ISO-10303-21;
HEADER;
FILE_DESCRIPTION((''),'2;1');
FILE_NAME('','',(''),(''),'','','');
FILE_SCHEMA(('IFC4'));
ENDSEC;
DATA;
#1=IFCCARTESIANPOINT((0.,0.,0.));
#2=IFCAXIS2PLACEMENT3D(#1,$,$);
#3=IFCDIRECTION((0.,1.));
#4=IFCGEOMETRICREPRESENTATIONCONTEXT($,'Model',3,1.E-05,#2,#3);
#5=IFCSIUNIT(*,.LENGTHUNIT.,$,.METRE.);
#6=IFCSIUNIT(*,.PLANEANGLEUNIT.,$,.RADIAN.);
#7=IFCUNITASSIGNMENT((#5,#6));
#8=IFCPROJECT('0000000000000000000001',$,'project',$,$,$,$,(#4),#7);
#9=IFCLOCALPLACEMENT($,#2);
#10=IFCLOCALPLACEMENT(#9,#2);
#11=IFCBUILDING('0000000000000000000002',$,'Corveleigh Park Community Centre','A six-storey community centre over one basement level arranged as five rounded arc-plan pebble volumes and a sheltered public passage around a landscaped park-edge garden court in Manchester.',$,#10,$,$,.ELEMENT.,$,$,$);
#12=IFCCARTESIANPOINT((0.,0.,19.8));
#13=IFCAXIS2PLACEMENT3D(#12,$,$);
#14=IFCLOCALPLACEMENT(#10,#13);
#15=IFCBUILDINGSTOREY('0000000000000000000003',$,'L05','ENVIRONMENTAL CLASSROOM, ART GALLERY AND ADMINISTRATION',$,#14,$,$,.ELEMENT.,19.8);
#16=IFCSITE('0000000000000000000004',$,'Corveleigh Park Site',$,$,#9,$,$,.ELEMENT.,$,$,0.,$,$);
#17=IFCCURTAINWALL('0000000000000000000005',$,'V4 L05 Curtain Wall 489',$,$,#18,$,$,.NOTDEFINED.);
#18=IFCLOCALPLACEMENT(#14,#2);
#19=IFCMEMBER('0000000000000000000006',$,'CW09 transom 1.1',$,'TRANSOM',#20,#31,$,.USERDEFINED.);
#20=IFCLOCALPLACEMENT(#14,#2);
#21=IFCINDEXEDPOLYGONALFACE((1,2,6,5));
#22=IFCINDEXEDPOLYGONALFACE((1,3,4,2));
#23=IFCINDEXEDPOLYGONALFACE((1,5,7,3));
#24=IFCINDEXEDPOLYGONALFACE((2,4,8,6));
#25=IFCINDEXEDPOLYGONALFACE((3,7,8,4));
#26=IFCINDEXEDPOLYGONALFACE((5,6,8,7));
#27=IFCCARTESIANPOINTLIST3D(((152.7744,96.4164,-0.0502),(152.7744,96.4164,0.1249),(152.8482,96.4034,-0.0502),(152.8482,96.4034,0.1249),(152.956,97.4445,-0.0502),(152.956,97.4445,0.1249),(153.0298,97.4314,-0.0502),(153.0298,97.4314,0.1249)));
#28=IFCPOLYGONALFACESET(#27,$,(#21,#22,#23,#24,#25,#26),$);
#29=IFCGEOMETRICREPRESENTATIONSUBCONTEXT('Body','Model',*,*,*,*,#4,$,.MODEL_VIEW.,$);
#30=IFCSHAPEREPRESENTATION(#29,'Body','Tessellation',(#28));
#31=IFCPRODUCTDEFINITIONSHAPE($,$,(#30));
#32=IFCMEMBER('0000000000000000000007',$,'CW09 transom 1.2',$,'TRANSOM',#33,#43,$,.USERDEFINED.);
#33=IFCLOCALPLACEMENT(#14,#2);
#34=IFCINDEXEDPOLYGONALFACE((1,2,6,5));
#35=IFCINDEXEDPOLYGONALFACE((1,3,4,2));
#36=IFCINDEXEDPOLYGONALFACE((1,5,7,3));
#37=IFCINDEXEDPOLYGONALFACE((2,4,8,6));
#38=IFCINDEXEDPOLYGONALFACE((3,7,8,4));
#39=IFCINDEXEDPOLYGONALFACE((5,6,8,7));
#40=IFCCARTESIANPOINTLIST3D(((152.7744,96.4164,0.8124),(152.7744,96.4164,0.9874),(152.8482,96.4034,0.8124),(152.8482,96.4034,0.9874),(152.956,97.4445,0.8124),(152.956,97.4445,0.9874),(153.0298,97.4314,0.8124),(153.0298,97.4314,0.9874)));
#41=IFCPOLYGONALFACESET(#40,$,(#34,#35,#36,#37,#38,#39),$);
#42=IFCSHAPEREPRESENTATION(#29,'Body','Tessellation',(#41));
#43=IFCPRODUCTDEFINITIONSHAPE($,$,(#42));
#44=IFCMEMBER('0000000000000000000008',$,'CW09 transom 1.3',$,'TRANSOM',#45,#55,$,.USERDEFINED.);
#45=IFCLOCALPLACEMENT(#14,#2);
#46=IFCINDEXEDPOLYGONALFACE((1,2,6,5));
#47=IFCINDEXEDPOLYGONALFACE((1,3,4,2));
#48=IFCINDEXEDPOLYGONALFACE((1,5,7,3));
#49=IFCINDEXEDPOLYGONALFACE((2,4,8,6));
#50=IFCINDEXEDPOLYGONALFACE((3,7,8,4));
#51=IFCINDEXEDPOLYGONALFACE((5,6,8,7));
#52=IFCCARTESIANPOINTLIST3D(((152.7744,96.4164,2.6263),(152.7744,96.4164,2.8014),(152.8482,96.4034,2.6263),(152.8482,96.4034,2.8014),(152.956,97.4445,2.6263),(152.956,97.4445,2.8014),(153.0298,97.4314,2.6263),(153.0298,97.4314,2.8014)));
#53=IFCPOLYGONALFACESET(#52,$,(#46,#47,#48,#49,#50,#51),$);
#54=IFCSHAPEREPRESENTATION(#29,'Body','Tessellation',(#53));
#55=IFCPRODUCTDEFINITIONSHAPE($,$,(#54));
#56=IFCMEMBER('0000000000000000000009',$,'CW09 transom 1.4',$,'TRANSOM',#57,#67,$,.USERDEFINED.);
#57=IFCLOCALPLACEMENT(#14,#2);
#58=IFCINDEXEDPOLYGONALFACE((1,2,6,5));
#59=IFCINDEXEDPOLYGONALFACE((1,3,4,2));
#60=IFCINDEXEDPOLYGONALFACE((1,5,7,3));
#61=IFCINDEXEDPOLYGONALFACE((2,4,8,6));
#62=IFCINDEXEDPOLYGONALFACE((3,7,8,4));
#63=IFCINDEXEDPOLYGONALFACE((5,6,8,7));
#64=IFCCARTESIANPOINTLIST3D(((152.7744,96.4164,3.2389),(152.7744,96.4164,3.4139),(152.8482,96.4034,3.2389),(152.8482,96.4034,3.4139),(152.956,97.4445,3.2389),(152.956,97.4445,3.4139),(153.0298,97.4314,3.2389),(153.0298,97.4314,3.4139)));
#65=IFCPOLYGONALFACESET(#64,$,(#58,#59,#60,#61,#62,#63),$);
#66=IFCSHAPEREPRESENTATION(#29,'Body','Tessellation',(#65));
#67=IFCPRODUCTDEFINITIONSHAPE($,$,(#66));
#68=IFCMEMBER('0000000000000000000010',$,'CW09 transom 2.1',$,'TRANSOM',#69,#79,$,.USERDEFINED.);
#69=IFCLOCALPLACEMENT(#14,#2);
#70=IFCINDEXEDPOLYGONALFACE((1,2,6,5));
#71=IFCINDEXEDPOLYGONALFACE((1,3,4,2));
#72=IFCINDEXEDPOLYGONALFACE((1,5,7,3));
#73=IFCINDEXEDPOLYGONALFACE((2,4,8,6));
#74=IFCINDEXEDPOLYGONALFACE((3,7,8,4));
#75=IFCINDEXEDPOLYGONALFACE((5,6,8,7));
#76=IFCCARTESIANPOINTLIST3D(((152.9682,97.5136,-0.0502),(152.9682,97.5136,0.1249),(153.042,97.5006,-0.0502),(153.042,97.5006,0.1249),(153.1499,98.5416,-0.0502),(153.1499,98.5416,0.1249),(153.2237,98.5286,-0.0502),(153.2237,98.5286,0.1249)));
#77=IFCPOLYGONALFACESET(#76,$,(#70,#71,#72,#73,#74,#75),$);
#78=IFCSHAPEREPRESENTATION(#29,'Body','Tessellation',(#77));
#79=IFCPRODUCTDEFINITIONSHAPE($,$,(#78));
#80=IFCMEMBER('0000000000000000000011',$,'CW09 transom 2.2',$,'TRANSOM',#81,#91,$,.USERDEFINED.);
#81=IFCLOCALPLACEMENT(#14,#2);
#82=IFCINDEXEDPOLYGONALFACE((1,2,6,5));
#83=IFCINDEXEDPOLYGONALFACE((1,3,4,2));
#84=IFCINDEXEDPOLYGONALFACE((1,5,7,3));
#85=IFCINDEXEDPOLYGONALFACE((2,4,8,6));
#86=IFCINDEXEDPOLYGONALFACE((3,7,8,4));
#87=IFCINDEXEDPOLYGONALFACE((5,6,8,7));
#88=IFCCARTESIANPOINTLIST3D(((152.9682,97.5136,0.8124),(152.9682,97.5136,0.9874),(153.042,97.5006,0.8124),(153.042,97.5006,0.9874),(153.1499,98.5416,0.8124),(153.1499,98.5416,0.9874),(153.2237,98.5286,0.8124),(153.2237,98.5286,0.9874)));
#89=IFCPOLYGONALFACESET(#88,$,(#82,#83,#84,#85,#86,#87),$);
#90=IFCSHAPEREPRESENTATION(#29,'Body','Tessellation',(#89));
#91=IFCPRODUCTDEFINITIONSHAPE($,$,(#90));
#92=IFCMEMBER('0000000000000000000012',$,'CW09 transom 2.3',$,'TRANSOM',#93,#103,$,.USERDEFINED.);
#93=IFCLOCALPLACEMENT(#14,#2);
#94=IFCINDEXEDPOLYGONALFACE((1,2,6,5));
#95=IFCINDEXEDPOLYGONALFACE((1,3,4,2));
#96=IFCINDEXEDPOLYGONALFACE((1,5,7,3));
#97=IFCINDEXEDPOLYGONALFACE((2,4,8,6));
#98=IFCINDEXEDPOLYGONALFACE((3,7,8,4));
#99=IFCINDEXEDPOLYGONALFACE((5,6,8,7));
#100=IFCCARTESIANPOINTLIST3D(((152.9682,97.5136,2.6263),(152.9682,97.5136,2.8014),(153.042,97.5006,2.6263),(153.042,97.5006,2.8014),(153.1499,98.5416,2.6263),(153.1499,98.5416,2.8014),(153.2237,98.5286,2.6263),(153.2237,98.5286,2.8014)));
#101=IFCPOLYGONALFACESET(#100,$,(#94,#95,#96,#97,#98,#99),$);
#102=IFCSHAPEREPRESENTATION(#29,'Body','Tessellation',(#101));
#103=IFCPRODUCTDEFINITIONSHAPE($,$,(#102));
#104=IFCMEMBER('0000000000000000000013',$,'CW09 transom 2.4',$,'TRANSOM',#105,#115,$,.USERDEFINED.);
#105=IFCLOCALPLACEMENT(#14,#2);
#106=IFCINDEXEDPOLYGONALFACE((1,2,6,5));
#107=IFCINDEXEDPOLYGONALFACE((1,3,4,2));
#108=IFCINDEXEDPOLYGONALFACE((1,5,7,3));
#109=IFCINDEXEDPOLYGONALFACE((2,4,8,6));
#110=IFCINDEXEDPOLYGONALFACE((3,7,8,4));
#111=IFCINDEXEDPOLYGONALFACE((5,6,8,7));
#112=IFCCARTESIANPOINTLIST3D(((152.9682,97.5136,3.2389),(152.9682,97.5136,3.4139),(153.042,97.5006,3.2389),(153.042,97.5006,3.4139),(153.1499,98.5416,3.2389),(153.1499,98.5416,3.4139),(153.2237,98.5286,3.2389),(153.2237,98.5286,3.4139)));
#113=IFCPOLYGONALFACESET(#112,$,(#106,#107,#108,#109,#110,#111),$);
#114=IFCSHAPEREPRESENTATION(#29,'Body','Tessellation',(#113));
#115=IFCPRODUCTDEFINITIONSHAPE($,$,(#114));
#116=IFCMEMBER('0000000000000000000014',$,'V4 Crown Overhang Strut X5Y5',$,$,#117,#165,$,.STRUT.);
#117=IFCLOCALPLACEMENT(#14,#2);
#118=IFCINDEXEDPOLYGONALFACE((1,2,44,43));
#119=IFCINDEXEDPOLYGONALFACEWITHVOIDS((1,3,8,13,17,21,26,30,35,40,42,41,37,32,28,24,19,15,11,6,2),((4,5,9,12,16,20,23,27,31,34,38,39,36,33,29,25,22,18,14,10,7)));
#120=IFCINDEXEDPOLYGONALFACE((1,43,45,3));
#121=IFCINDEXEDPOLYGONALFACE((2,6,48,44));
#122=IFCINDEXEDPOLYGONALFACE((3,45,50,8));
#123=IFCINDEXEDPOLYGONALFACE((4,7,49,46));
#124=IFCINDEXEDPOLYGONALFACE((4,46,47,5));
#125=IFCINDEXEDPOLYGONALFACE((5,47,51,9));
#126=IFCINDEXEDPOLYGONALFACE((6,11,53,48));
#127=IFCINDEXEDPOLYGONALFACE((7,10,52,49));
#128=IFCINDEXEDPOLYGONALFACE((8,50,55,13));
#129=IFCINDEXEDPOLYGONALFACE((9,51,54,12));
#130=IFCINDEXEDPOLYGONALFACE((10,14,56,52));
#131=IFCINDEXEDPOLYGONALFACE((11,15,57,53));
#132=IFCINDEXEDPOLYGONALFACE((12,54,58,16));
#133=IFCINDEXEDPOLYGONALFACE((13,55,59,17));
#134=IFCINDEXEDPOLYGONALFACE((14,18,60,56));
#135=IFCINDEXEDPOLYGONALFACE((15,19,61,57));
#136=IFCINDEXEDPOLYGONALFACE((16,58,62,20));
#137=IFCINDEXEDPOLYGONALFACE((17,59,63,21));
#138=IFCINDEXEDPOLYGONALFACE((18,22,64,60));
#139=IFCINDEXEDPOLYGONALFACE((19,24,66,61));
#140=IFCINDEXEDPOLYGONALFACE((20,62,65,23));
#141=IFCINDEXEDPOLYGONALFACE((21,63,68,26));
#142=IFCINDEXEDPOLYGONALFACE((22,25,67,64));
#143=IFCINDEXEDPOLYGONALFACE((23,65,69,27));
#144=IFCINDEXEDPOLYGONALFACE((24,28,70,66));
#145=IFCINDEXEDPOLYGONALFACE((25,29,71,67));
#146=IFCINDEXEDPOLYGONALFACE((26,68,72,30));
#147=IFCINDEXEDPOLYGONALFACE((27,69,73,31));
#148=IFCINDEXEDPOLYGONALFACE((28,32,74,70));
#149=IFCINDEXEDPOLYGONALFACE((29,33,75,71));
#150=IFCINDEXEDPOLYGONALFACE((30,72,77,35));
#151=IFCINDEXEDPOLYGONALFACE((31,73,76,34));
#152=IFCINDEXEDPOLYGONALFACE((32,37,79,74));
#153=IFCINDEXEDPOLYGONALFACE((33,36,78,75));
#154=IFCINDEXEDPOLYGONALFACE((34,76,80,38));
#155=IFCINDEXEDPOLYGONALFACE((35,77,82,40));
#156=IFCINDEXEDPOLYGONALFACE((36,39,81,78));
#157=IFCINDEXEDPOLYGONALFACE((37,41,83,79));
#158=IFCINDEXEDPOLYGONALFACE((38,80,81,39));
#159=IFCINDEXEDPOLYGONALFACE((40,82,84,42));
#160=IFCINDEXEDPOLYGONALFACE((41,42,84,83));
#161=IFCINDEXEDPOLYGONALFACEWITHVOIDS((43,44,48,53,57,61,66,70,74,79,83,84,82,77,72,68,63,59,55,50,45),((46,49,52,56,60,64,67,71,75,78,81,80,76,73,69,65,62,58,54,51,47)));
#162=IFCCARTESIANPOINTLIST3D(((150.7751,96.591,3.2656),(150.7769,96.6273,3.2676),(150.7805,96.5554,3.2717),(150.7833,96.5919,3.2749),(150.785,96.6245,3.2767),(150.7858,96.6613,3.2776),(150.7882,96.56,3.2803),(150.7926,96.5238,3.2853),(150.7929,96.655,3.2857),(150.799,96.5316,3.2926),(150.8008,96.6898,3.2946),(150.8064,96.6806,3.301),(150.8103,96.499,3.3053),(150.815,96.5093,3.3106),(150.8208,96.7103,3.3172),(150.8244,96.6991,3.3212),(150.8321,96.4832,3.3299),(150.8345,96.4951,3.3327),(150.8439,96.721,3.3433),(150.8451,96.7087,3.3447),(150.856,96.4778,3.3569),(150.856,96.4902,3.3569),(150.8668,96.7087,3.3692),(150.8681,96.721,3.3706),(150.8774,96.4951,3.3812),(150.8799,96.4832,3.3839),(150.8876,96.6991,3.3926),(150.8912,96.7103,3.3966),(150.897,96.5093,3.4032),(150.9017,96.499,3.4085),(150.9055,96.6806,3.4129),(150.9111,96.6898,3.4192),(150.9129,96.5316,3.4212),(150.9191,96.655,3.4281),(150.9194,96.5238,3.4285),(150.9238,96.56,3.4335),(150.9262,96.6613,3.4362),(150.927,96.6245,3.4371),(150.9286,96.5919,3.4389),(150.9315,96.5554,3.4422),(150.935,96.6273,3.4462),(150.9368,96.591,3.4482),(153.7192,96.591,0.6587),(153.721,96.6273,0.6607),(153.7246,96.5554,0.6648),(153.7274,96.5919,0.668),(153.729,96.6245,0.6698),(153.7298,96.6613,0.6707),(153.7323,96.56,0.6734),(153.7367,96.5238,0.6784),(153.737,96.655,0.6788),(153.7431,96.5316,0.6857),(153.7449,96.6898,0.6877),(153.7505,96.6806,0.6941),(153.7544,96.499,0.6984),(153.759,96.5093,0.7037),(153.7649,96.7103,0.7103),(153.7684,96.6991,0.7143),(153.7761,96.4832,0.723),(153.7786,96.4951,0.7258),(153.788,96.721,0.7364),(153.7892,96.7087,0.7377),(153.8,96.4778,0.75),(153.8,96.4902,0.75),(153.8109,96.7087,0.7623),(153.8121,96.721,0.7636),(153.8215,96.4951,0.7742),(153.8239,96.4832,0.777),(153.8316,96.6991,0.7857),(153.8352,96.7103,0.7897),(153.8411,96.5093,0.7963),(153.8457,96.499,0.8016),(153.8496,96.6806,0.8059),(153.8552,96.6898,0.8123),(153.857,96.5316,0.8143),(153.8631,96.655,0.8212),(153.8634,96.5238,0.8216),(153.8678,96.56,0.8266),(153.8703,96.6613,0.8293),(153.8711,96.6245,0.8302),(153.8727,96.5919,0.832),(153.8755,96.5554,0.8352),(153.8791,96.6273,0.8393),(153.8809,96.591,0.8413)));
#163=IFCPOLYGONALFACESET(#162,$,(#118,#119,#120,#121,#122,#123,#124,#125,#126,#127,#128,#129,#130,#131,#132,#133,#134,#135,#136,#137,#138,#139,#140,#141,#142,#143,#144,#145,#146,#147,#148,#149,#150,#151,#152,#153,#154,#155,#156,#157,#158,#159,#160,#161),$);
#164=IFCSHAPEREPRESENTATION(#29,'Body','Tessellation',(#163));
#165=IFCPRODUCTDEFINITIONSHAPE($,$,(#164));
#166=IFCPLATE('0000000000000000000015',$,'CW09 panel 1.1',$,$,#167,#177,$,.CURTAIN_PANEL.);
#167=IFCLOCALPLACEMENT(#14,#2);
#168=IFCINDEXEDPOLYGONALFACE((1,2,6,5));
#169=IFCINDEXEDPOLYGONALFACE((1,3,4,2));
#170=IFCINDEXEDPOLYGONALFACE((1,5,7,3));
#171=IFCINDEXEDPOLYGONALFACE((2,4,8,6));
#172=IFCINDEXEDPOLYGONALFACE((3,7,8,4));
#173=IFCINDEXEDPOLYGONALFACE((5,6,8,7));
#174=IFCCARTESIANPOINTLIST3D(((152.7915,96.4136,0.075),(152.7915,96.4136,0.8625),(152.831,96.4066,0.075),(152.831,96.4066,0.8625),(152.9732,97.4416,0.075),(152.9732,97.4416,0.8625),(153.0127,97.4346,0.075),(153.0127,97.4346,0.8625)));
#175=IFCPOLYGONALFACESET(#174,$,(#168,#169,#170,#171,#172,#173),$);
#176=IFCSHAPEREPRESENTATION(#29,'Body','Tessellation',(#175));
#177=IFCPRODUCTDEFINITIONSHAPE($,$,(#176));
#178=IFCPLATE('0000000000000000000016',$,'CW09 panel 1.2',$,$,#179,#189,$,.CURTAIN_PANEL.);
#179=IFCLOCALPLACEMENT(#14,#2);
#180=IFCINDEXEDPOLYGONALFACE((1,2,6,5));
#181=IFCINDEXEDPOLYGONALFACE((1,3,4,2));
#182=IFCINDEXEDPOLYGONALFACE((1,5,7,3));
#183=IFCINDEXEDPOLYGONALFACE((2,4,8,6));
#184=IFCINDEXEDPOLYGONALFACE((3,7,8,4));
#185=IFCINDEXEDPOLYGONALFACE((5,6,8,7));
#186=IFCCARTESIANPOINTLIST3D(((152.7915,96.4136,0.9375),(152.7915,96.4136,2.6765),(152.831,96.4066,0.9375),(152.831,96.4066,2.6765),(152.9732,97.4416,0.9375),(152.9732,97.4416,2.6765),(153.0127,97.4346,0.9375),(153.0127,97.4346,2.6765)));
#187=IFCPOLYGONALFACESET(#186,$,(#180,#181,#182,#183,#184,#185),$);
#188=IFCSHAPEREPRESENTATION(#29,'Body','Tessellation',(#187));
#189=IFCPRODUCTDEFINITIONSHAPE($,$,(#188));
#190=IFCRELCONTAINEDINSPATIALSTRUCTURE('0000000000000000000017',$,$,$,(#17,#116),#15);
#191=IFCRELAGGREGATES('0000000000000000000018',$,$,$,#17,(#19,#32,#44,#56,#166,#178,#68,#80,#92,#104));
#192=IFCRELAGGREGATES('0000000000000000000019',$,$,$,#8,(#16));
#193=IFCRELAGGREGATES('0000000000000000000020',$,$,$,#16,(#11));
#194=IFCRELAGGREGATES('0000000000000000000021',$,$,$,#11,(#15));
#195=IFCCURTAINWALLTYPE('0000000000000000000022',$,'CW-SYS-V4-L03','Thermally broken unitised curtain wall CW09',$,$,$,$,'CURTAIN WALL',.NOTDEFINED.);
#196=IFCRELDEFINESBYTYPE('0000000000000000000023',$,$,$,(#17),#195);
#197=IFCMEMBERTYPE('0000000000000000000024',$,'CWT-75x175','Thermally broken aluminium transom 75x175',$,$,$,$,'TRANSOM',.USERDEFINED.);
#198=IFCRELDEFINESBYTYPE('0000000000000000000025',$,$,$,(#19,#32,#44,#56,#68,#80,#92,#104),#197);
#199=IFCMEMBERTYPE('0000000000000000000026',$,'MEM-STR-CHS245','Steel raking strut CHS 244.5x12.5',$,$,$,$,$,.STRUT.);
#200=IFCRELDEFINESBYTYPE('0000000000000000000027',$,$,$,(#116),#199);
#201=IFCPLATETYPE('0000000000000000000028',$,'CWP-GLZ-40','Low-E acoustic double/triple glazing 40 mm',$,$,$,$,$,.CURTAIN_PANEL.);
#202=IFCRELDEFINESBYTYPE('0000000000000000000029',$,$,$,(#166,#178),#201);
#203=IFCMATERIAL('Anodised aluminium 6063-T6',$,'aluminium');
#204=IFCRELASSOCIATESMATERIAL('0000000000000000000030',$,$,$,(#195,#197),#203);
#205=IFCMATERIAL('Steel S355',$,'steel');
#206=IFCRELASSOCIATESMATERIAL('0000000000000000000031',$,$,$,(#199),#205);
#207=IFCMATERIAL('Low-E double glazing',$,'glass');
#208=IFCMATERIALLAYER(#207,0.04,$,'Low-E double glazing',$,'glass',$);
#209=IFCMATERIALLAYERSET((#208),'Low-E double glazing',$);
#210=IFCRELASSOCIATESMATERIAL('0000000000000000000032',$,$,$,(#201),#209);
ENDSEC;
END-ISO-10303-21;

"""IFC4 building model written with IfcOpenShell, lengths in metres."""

from ifc_helpers import new_model, si_unit, direction, frame, origin, origin_2d, place, context, subcontext, project, spatial, rectangle, hollow_circle, extrude, material, layer, layer_set, material_profile, profile_set, type_object, element, aggregate, save


model = new_model("IFC4")

# Units and contexts
model_context = context("Model", 3, precision=1e-05, world=origin(), true_north=direction((0.0, 1.0)))
body_context = subcontext(model_context, "Body", "Model", "MODEL_VIEW")
ifc_project = project(units=[si_unit("LENGTHUNIT", "METRE"), si_unit("PLANEANGLEUNIT", "RADIAN")], contexts=[model_context])

# Site, building, storey
site_placement = place(None, origin())
site = spatial("IfcSite", under=ifc_project, at=site_placement, Name="Corveleigh Park Site", CompositionType="ELEMENT", RefElevation=0.0)
building_placement = place(site_placement, origin())
building = spatial("IfcBuilding", under=site, at=building_placement, Name="Corveleigh Park Community Centre", Description="A six-storey community centre over one basement level arranged as five rounded arc-plan pebble volumes and a sheltered public passage around a landscaped park-edge garden court in Manchester.", CompositionType="ELEMENT")
storey_placement = place(building_placement, frame((0.0, 0.0, 19.8)))
storey = spatial("IfcBuildingStorey", under=building, at=storey_placement, Name="L05", Description="ENVIRONMENTAL CLASSROOM, ART GALLERY AND ADMINISTRATION", CompositionType="ELEMENT", Elevation=19.8)

# Shared definitions
ifc_material_1 = material(Name="Steel S355", Category="steel")

# Curtain wall, members
ifc_material_2 = material(Name="Anodised aluminium 6063-T6", Category="aluminium")
curtain_wall_type = type_object("IfcCurtainWallType", Name="CW-SYS-V4-L03", Description="Thermally broken unitised curtain wall CW09", ElementType="CURTAIN WALL", PredefinedType="NOTDEFINED", material=ifc_material_2)
curtain_wall_placement = place(storey_placement, origin())
curtain_wall = element("IfcCurtainWall", 1, at=curtain_wall_placement, inside=storey, type_object=curtain_wall_type, Name="V4 L05 Curtain Wall 489", PredefinedType="NOTDEFINED")
ifc_material_profile_1 = material_profile(ifc_material_2, rectangle(XDim=0.075, YDim=0.175, at=origin_2d()), Name="ALU-T75x175", Category="aluminium")
ifc_profile_set_1 = profile_set([ifc_material_profile_1], Name="Anodised aluminium 6063-T6")
member_type_1 = type_object("IfcMemberType", Name="CWT-75x175", Description="Thermally broken aluminium transom 75x175", ElementType="TRANSOM", PredefinedType="USERDEFINED", material=ifc_profile_set_1)
member_1_placement = place(storey_placement, frame((152.8113, 96.4099, 0.0374), z_axis=(0.173985, 0.984748, 0.0), x_axis=(-0.984748, 0.173985, 0.0)))
member_1 = element("IfcMember", 2, at=member_1_placement, type_object=member_type_1, Name="CW09 transom 1.1", ObjectType="TRANSOM", PredefinedType="USERDEFINED", context=body_context, shape_type="SweptSolid", body=[
    extrude(rectangle(XDim=0.075, YDim=0.175, at=origin_2d()), origin(), (0.0, 0.0, 1.0), 1.0439),
])
member_2_placement = place(storey_placement, frame((152.8113, 96.4099, 0.8999), z_axis=(0.173985, 0.984748, 0.0), x_axis=(-0.984748, 0.173985, 0.0)))
member_2 = element("IfcMember", 3, at=member_2_placement, type_object=member_type_1, Name="CW09 transom 1.2", ObjectType="TRANSOM", PredefinedType="USERDEFINED", context=body_context, shape_type="SweptSolid", body=[
    extrude(rectangle(XDim=0.075, YDim=0.175, at=origin_2d()), origin(), (0.0, 0.0, 1.0), 1.0439),
])
member_3_placement = place(storey_placement, frame((152.8113, 96.4099, 2.7139), z_axis=(0.173985, 0.984748, 0.0), x_axis=(-0.984748, 0.173985, 0.0)))
member_3 = element("IfcMember", 4, at=member_3_placement, type_object=member_type_1, Name="CW09 transom 1.3", ObjectType="TRANSOM", PredefinedType="USERDEFINED", context=body_context, shape_type="SweptSolid", body=[
    extrude(rectangle(XDim=0.075, YDim=0.175, at=origin_2d()), origin(), (0.0, 0.0, 1.0), 1.0439),
])
member_4_placement = place(storey_placement, frame((152.8113, 96.4099, 3.3264), z_axis=(0.173985, 0.984748, 0.0), x_axis=(-0.984748, 0.173985, 0.0)))
member_4 = element("IfcMember", 5, at=member_4_placement, type_object=member_type_1, Name="CW09 transom 1.4", ObjectType="TRANSOM", PredefinedType="USERDEFINED", context=body_context, shape_type="SweptSolid", body=[
    extrude(rectangle(XDim=0.075, YDim=0.175, at=origin_2d()), origin(), (0.0, 0.0, 1.0), 1.0439),
])
member_5_placement = place(storey_placement, frame((153.0051, 97.5071, 0.0374), z_axis=(0.173985, 0.984748, 0.0), x_axis=(-0.984748, 0.173985, 0.0)))
member_5 = element("IfcMember", 6, at=member_5_placement, type_object=member_type_1, Name="CW09 transom 2.1", ObjectType="TRANSOM", PredefinedType="USERDEFINED", context=body_context, shape_type="SweptSolid", body=[
    extrude(rectangle(XDim=0.075, YDim=0.175, at=origin_2d()), origin(), (0.0, 0.0, 1.0), 1.0439),
])
member_6_placement = place(storey_placement, frame((153.0051, 97.5071, 0.8999), z_axis=(0.173985, 0.984748, 0.0), x_axis=(-0.984748, 0.173985, 0.0)))
member_6 = element("IfcMember", 7, at=member_6_placement, type_object=member_type_1, Name="CW09 transom 2.2", ObjectType="TRANSOM", PredefinedType="USERDEFINED", context=body_context, shape_type="SweptSolid", body=[
    extrude(rectangle(XDim=0.075, YDim=0.175, at=origin_2d()), origin(), (0.0, 0.0, 1.0), 1.0439),
])
member_7_placement = place(storey_placement, frame((153.0051, 97.5071, 2.7139), z_axis=(0.173985, 0.984748, 0.0), x_axis=(-0.984748, 0.173985, 0.0)))
member_7 = element("IfcMember", 8, at=member_7_placement, type_object=member_type_1, Name="CW09 transom 2.3", ObjectType="TRANSOM", PredefinedType="USERDEFINED", context=body_context, shape_type="SweptSolid", body=[
    extrude(rectangle(XDim=0.075, YDim=0.175, at=origin_2d()), origin(), (0.0, 0.0, 1.0), 1.0439),
])
member_8_placement = place(storey_placement, frame((153.0051, 97.5071, 3.3264), z_axis=(0.173985, 0.984748, 0.0), x_axis=(-0.984748, 0.173985, 0.0)))
member_8 = element("IfcMember", 9, at=member_8_placement, type_object=member_type_1, Name="CW09 transom 2.4", ObjectType="TRANSOM", PredefinedType="USERDEFINED", context=body_context, shape_type="SweptSolid", body=[
    extrude(rectangle(XDim=0.075, YDim=0.175, at=origin_2d()), origin(), (0.0, 0.0, 1.0), 1.0439),
])

# Member
ifc_material_profile_2 = material_profile(ifc_material_1, hollow_circle(Radius=0.1223, WallThickness=0.0125, at=origin_2d()), Name="CHS 244.5x12.5", Category="steel")
ifc_profile_set_2 = profile_set([ifc_material_profile_2], Name="Steel S355")
member_type_2 = type_object("IfcMemberType", Name="MEM-STR-CHS245", Description="Steel raking strut CHS 244.5x12.5", PredefinedType="STRUT", material=ifc_profile_set_2)
member_9_placement = place(storey_placement, frame((153.8, 96.6001, 0.75), z_axis=(-0.748675, 0.0, 0.662937), x_axis=(0.0, -1.0, 0.0)))
element("IfcMember", 10, at=member_9_placement, inside=storey, type_object=member_type_2, Name="V4 Crown Overhang Strut X5Y5", PredefinedType="STRUT", context=body_context, shape_type="SweptSolid", body=[
    extrude(hollow_circle(Radius=0.1223, WallThickness=0.0125, at=origin_2d()), origin(), (0.0, 0.0, 1.0), 3.9324),
])

# Plates
ifc_material_3 = material(Name="Low-E double glazing", Category="glass")
ifc_layer_1 = layer(ifc_material_3, 0.04, Name="Low-E double glazing", Category="glass")
ifc_layer_set_1 = layer_set([ifc_layer_1], Name="Low-E double glazing")
plate_type_1 = type_object("IfcPlateType", Name="CWP-GLZ-40", Description="Low-E acoustic double/triple glazing 40 mm", PredefinedType="CURTAIN_PANEL", material=ifc_layer_set_1)
plate_1_placement = place(storey_placement, frame((152.9021, 96.9241, 0.075), z_axis=(0.0, 0.0, 1.0), x_axis=(0.174058, 0.984735, 0.0)))
plate_1 = element("IfcPlate", 11, at=plate_1_placement, type_object=plate_type_1, Name="CW09 panel 1.1", PredefinedType="CURTAIN_PANEL", context=body_context, shape_type="SweptSolid", body=[
    extrude(rectangle(XDim=1.0439, YDim=0.04, at=origin_2d()), origin(), (0.0, 0.0, 1.0), 0.7876),
])
plate_2_placement = place(storey_placement, frame((152.9021, 96.9241, 0.9375), z_axis=(0.0, 0.0, 1.0), x_axis=(0.174058, 0.984735, 0.0)))
plate_2 = element("IfcPlate", 12, at=plate_2_placement, type_object=plate_type_1, Name="CW09 panel 1.2", PredefinedType="CURTAIN_PANEL", context=body_context, shape_type="SweptSolid", body=[
    extrude(rectangle(XDim=1.0439, YDim=0.04, at=origin_2d()), origin(), (0.0, 0.0, 1.0), 1.739),
])
aggregate(curtain_wall, [member_1, member_2, member_3, member_4, plate_1, plate_2, member_5, member_6, member_7, member_8])

save(model, "model.ifc")
